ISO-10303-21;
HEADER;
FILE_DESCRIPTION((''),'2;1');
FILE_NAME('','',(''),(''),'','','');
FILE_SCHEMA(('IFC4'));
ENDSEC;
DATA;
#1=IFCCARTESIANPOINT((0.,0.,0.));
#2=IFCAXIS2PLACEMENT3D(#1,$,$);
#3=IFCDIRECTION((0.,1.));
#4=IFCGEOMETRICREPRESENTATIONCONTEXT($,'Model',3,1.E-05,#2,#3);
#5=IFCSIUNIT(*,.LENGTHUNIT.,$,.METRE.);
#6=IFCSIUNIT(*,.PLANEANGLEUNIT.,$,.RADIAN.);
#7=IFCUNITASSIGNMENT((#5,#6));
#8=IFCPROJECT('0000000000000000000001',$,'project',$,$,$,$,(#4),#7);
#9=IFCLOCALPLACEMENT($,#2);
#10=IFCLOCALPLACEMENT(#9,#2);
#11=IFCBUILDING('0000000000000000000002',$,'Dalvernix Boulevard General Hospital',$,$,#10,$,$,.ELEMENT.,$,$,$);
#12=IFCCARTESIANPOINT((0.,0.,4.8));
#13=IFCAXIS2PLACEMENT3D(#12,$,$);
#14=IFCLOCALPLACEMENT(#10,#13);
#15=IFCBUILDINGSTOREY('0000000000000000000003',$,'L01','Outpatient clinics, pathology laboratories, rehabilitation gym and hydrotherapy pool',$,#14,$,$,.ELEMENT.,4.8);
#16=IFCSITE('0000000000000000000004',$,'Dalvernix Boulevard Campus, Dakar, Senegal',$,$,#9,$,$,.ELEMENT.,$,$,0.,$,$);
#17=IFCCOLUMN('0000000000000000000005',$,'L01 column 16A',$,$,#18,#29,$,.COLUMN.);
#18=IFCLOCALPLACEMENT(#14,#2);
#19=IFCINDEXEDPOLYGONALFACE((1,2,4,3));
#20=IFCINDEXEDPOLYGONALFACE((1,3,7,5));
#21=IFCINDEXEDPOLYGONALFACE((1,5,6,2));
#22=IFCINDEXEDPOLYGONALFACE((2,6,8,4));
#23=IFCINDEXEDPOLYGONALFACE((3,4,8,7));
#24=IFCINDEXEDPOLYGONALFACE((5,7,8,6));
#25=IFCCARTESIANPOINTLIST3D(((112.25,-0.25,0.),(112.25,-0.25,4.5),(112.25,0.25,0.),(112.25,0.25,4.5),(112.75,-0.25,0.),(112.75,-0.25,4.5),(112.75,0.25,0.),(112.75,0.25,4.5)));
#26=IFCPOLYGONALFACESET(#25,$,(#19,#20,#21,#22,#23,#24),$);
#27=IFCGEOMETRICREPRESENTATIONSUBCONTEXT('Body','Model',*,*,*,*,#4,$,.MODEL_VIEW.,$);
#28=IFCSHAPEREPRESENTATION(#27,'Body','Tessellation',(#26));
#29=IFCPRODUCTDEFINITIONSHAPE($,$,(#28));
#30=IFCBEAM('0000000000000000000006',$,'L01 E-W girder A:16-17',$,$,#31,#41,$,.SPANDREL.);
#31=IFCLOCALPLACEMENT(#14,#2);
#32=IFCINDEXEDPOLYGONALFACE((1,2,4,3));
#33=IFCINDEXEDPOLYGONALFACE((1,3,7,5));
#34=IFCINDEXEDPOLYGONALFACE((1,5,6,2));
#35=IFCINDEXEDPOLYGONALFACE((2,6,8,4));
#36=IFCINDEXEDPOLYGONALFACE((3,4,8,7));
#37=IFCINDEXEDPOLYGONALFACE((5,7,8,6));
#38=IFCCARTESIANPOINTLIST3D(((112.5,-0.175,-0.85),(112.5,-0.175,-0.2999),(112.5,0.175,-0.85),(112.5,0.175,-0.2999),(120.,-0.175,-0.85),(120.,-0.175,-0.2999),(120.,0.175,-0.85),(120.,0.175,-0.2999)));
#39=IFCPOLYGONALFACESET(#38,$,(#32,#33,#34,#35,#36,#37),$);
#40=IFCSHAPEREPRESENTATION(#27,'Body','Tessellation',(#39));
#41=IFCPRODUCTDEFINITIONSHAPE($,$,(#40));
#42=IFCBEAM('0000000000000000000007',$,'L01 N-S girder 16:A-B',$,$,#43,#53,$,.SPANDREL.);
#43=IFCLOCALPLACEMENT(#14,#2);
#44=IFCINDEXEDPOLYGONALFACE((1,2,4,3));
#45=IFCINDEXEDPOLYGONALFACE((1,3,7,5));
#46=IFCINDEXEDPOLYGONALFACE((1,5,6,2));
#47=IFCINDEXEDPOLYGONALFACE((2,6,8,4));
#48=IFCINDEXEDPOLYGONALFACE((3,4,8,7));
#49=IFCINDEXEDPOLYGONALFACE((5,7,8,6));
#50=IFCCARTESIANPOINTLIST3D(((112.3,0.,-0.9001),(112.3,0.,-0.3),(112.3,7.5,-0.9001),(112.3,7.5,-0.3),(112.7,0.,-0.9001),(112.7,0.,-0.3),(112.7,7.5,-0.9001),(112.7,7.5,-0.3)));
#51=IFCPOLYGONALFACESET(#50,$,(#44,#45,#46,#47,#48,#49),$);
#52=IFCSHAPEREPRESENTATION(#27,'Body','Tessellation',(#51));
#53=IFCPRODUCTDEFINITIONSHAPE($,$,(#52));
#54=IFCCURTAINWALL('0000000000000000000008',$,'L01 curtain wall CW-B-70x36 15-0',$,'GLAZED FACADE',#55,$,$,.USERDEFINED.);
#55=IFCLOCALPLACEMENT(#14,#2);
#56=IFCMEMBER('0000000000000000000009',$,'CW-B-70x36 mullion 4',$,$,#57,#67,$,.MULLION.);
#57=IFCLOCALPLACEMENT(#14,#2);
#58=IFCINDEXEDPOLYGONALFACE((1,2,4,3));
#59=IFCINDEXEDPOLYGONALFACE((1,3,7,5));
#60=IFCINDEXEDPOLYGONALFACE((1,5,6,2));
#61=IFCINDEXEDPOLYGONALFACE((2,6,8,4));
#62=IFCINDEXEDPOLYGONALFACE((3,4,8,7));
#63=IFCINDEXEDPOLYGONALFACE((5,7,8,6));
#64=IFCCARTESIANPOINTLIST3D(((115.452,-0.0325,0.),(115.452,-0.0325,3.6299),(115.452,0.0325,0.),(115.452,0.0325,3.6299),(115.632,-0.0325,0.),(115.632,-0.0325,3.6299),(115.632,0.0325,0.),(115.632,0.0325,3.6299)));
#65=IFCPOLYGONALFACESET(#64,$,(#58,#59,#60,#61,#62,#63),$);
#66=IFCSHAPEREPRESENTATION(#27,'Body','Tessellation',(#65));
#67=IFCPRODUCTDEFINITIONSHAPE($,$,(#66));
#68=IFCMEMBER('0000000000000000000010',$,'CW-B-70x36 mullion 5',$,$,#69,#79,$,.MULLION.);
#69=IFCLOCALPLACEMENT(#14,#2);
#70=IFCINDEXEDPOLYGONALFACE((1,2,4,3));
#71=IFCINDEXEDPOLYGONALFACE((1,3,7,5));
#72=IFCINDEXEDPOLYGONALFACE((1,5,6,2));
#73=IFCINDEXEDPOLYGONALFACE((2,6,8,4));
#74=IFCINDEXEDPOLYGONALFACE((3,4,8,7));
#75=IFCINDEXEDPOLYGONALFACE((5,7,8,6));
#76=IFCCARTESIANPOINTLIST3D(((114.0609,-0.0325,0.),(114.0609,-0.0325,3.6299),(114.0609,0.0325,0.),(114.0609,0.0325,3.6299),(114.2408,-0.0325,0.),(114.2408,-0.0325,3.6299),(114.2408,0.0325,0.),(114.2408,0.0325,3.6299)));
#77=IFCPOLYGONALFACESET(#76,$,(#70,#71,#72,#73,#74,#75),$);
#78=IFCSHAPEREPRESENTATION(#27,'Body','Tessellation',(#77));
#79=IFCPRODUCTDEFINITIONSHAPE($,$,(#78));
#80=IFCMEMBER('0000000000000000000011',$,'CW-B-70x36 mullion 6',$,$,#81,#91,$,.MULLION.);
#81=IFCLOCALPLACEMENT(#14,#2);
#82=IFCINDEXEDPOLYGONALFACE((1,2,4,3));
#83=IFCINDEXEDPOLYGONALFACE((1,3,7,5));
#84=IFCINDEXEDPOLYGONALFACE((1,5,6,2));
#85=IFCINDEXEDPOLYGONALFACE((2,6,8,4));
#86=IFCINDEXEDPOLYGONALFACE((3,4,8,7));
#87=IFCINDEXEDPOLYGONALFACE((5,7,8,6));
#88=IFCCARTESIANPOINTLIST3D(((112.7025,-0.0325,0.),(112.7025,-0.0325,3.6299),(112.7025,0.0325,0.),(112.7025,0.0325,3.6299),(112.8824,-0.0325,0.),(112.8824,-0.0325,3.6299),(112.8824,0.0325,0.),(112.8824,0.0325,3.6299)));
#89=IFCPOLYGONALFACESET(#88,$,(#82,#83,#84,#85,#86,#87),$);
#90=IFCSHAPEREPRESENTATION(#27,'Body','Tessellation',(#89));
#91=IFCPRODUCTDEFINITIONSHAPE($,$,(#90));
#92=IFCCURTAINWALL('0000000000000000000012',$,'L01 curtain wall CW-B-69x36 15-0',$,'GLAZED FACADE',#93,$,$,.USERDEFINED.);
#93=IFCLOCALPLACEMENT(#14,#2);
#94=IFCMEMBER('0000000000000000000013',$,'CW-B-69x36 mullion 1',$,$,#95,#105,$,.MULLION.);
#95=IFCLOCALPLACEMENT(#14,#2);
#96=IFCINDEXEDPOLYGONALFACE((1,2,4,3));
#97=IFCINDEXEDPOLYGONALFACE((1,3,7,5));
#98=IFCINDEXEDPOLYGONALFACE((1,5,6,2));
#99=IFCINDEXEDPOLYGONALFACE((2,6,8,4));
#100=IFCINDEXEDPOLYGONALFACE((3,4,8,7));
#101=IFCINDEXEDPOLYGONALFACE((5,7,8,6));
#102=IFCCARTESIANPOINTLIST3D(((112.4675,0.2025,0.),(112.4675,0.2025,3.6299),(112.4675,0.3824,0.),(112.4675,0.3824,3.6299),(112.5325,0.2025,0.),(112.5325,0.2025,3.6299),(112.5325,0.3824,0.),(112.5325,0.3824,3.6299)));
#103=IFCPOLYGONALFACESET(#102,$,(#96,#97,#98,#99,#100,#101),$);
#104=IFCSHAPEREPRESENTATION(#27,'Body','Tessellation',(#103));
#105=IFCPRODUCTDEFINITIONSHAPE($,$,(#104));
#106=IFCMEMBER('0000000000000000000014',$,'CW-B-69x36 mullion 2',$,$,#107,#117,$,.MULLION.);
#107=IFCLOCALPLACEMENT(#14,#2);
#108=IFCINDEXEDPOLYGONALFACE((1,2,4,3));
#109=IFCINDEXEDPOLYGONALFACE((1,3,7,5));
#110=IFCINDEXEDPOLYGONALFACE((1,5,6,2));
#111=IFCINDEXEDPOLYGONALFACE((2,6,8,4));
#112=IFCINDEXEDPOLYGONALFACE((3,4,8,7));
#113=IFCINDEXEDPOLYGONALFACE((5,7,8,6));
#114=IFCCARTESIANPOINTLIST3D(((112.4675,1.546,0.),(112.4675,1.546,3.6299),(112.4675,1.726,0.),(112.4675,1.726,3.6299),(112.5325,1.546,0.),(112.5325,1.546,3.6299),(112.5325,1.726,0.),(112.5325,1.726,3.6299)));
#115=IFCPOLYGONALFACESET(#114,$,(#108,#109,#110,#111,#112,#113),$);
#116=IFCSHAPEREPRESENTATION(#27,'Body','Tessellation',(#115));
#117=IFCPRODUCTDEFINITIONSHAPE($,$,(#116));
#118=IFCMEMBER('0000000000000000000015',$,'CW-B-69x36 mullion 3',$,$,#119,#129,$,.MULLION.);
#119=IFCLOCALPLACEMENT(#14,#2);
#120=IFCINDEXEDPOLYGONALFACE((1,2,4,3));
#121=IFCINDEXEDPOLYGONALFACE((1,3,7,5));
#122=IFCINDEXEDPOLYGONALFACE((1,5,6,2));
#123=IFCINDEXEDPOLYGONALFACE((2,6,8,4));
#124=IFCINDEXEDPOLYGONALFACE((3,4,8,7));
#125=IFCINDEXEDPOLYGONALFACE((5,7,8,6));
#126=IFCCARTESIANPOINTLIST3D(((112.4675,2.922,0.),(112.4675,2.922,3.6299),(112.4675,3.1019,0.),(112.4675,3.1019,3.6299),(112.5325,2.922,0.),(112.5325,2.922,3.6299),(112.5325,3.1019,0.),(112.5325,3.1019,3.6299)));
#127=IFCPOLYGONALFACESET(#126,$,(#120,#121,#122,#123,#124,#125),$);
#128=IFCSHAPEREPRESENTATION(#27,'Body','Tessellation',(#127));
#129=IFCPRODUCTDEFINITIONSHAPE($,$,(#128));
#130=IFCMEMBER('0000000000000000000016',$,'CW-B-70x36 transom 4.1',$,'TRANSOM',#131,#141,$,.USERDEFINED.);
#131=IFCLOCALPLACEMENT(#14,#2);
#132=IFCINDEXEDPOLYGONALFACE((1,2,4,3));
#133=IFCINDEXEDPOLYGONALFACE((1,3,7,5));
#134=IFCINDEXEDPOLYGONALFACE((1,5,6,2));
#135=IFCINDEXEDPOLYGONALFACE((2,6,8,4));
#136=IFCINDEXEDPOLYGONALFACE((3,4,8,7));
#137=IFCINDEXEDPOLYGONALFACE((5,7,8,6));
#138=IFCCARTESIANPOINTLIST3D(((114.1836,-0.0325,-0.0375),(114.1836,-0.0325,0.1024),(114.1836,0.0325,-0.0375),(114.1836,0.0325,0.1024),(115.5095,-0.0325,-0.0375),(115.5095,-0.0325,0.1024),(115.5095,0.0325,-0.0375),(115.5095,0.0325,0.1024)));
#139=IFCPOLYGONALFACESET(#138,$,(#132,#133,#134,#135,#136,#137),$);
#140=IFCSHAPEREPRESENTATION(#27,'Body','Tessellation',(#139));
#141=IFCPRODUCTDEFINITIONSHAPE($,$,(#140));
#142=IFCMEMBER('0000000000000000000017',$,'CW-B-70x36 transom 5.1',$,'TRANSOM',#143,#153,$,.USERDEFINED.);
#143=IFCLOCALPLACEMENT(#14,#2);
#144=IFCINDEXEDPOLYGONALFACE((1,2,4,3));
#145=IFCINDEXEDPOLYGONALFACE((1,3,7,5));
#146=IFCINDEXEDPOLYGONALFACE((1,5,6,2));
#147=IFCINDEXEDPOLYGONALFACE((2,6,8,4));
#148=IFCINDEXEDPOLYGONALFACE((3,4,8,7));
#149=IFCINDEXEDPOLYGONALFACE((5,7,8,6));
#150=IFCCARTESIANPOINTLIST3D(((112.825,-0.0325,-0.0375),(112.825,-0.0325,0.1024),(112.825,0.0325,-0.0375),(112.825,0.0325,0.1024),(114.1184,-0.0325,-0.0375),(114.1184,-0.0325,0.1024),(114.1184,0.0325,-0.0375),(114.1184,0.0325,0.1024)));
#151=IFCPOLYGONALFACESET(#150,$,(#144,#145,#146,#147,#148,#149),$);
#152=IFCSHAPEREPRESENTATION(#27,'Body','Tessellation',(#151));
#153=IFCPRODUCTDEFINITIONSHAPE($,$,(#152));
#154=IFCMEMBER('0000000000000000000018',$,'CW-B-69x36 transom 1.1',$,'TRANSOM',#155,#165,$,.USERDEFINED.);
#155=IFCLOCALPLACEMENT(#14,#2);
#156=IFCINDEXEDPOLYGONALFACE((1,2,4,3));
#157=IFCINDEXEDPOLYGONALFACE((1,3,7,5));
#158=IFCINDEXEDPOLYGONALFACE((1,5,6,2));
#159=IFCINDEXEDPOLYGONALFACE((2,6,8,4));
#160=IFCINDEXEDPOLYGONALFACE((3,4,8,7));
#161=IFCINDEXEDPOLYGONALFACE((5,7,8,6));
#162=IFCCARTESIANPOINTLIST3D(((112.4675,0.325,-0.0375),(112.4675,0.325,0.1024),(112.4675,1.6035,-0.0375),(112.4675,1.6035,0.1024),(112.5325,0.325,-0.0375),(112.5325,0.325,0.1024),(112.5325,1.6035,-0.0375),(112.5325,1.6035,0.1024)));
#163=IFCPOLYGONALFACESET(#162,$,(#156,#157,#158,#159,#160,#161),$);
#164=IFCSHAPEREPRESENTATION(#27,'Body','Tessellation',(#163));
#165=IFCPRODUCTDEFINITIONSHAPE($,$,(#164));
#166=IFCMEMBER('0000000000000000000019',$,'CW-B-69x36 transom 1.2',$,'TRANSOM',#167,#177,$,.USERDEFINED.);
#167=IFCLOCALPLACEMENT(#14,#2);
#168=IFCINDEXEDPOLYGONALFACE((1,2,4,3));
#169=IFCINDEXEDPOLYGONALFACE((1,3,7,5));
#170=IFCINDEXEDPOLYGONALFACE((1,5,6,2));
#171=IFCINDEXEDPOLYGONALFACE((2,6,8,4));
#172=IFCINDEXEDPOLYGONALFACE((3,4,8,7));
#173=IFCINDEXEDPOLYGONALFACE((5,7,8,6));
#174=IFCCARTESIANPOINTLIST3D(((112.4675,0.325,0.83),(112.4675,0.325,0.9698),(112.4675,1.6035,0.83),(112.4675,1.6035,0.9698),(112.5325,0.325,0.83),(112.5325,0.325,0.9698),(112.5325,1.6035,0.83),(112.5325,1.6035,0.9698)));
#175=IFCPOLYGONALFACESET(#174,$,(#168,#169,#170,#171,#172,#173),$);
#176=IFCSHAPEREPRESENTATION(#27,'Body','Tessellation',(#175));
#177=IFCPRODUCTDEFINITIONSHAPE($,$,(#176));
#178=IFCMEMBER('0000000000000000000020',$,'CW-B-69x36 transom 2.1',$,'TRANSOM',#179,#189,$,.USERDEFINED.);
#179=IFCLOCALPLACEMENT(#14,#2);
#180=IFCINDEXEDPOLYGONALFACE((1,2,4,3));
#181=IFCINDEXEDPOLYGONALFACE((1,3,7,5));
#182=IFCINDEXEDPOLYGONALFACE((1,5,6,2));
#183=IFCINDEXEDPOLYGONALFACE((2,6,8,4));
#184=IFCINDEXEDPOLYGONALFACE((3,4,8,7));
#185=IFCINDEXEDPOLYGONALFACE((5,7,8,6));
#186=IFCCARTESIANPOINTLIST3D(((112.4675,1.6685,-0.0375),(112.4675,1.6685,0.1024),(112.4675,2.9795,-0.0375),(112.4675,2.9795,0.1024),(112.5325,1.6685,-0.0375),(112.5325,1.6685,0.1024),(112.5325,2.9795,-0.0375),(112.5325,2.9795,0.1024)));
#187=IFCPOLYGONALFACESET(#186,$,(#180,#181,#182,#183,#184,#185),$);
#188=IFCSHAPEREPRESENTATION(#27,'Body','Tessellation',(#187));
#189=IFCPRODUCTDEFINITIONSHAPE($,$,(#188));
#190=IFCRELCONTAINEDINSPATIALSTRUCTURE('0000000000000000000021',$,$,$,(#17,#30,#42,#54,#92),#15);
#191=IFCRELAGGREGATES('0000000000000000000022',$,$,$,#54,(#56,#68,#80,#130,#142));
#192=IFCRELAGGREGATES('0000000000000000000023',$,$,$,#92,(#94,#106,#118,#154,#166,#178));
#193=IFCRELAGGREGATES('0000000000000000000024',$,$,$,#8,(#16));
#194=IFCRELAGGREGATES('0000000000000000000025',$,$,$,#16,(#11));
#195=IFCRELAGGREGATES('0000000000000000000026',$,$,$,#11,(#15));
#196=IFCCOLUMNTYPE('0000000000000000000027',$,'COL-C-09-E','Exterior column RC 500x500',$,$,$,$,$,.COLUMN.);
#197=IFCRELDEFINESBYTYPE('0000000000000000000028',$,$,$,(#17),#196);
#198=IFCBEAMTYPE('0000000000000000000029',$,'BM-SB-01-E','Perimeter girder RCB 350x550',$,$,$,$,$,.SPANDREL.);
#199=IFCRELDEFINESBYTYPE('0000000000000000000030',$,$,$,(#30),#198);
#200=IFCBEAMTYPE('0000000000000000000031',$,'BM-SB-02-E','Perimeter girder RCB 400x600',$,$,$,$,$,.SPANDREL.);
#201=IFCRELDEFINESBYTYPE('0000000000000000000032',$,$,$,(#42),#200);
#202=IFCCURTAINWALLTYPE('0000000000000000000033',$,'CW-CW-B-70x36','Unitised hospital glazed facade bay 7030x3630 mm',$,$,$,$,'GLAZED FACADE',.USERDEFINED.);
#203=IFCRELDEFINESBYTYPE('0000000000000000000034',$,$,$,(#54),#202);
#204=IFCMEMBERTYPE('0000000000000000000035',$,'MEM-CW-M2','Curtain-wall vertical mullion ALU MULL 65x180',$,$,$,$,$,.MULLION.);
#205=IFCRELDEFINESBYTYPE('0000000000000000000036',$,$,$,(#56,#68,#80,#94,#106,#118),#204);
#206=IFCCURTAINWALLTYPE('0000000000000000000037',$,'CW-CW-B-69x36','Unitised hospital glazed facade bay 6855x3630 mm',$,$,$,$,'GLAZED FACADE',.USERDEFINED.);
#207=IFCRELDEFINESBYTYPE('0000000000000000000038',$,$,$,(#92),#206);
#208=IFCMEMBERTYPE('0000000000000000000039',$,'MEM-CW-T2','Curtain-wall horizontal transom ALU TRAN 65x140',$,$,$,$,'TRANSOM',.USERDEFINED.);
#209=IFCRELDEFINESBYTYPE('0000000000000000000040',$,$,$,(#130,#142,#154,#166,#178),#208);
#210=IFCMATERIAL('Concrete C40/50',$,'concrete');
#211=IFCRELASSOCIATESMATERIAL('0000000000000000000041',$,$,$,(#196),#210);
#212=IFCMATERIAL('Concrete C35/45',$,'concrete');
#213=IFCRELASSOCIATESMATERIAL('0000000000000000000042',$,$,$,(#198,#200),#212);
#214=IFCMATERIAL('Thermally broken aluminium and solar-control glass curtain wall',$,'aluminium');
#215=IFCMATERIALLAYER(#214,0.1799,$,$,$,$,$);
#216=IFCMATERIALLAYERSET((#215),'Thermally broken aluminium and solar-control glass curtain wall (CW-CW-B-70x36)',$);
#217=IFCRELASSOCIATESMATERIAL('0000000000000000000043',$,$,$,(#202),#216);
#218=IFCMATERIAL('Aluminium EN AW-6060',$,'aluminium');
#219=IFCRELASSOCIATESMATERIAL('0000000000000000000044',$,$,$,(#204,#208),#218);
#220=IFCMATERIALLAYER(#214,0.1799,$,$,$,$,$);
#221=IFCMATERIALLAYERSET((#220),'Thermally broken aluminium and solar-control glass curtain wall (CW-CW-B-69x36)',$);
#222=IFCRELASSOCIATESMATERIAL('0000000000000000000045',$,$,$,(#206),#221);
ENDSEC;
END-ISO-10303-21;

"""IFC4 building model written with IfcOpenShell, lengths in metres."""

from ifc_helpers import new_model, si_unit, direction, frame, origin, origin_2d, place, context, subcontext, project, spatial, rectangle, extrude, material, layer, layer_set, material_profile, profile_set, type_object, element, aggregate, save


model = new_model("IFC4")

# Units and contexts
model_context = context("Model", 3, precision=1e-05, world=origin(), true_north=direction((0.0, 1.0)))
body_context = subcontext(model_context, "Body", "Model", "MODEL_VIEW")
ifc_project = project(units=[si_unit("LENGTHUNIT", "METRE"), si_unit("PLANEANGLEUNIT", "RADIAN")], contexts=[model_context])

# Site, building, storey
site_placement = place(None, origin())
site = spatial("IfcSite", under=ifc_project, at=site_placement, Name="Dalvernix Boulevard Campus, Dakar, Senegal", CompositionType="ELEMENT", RefElevation=0.0)
building_placement = place(site_placement, origin())
building = spatial("IfcBuilding", under=site, at=building_placement, Name="Dalvernix Boulevard General Hospital", CompositionType="ELEMENT")
storey_placement = place(building_placement, frame((0.0, 0.0, 4.8)))
storey = spatial("IfcBuildingStorey", under=building, at=storey_placement, Name="L01", Description="Outpatient clinics, pathology laboratories, rehabilitation gym and hydrotherapy pool", CompositionType="ELEMENT", Elevation=4.8)

# Column
ifc_material_1 = material(Name="Concrete C40/50", Category="concrete")
ifc_material_profile_1 = material_profile(ifc_material_1, rectangle(XDim=0.5, YDim=0.5, at=origin_2d()), Name="RC 500x500")
ifc_profile_set_1 = profile_set([ifc_material_profile_1], Name="Concrete C40/50")
column_type = type_object("IfcColumnType", Name="COL-C-09-E", Description="Exterior column RC 500x500", PredefinedType="COLUMN", material=ifc_profile_set_1)
column_placement = place(storey_placement, frame((112.5, 0.0, 0.0), z_axis=(0.0, 0.0, 1.0), x_axis=(1.0, 0.0, 0.0)))
element("IfcColumn", 1, at=column_placement, inside=storey, type_object=column_type, Name="L01 column 16A", PredefinedType="COLUMN", context=body_context, shape_type="SweptSolid", body=[
    extrude(rectangle(XDim=0.5, YDim=0.5, at=origin_2d()), origin(), (0.0, 0.0, 1.0), 4.5),
])

# Beams
ifc_material_2 = material(Name="Concrete C35/45", Category="concrete")
ifc_material_profile_2 = material_profile(ifc_material_2, rectangle(XDim=0.3501, YDim=0.55, at=origin_2d()), Name="RCB 350x550")
ifc_profile_set_2 = profile_set([ifc_material_profile_2], Name="Concrete C35/45")
beam_type_1 = type_object("IfcBeamType", Name="BM-SB-01-E", Description="Perimeter girder RCB 350x550", PredefinedType="SPANDREL", material=ifc_profile_set_2)
beam_1_placement = place(storey_placement, frame((112.5, 0.0, -0.575), z_axis=(1.0, 0.0, 0.0), x_axis=(0.0, 1.0, 0.0)))
element("IfcBeam", 2, at=beam_1_placement, inside=storey, type_object=beam_type_1, Name="L01 E-W girder A:16-17", PredefinedType="SPANDREL", context=body_context, shape_type="SweptSolid", body=[
    extrude(rectangle(XDim=0.3501, YDim=0.55, at=origin_2d()), origin(), (0.0, 0.0, 1.0), 7.5),
])
ifc_material_profile_3 = material_profile(ifc_material_2, rectangle(XDim=0.3999, YDim=0.6001, at=origin_2d()), Name="RCB 400x600")
ifc_profile_set_3 = profile_set([ifc_material_profile_3], Name="Concrete C35/45")
beam_type_2 = type_object("IfcBeamType", Name="BM-SB-02-E", Description="Perimeter girder RCB 400x600", PredefinedType="SPANDREL", material=ifc_profile_set_3)
beam_2_placement = place(storey_placement, frame((112.5, 0.0, -0.6001), z_axis=(0.0, 1.0, 0.0), x_axis=(-1.0, 0.0, 0.0)))
element("IfcBeam", 3, at=beam_2_placement, inside=storey, type_object=beam_type_2, Name="L01 N-S girder 16:A-B", PredefinedType="SPANDREL", context=body_context, shape_type="SweptSolid", body=[
    extrude(rectangle(XDim=0.3999, YDim=0.6001, at=origin_2d()), origin(), (0.0, 0.0, 1.0), 7.5),
])

# Curtain walls, members
ifc_material_3 = material(Name="Thermally broken aluminium and solar-control glass curtain wall", Category="aluminium")
ifc_layer_1 = layer(ifc_material_3, 0.1799)
ifc_layer_set_1 = layer_set([ifc_layer_1], Name="Thermally broken aluminium and solar-control glass curtain wall (CW-CW-B-70x36)")
curtain_wall_type_1 = type_object("IfcCurtainWallType", Name="CW-CW-B-70x36", Description="Unitised hospital glazed facade bay 7030x3630 mm", ElementType="GLAZED FACADE", PredefinedType="USERDEFINED", material=ifc_layer_set_1)
curtain_wall_1_placement = place(storey_placement, origin())
curtain_wall_1 = element("IfcCurtainWall", 4, at=curtain_wall_1_placement, inside=storey, type_object=curtain_wall_type_1, Name="L01 curtain wall CW-B-70x36 15-0", ObjectType="GLAZED FACADE", PredefinedType="USERDEFINED")
ifc_material_4 = material(Name="Aluminium EN AW-6060", Category="aluminium")
ifc_material_profile_4 = material_profile(ifc_material_4, rectangle(XDim=0.0649, YDim=0.1799, at=origin_2d()), Name="ALU MULL 65x180")
ifc_profile_set_4 = profile_set([ifc_material_profile_4], Name="Aluminium EN AW-6060")
member_type_1 = type_object("IfcMemberType", Name="MEM-CW-M2", Description="Curtain-wall vertical mullion ALU MULL 65x180", PredefinedType="MULLION", material=ifc_profile_set_4)
member_1_placement = place(storey_placement, frame((115.542, 0.0, 0.0), z_axis=(0.0, 0.0, 1.0), x_axis=(0.0, -1.0, 0.0)))
member_1 = element("IfcMember", 5, at=member_1_placement, type_object=member_type_1, Name="CW-B-70x36 mullion 4", PredefinedType="MULLION", context=body_context, shape_type="SweptSolid", body=[
    extrude(rectangle(XDim=0.0649, YDim=0.1799, at=origin_2d()), origin(), (0.0, 0.0, 1.0), 3.6299),
])
member_2_placement = place(storey_placement, frame((114.1509, 0.0, 0.0), z_axis=(0.0, 0.0, 1.0), x_axis=(0.0, -1.0, 0.0)))
member_2 = element("IfcMember", 6, at=member_2_placement, type_object=member_type_1, Name="CW-B-70x36 mullion 5", PredefinedType="MULLION", context=body_context, shape_type="SweptSolid", body=[
    extrude(rectangle(XDim=0.0649, YDim=0.1799, at=origin_2d()), origin(), (0.0, 0.0, 1.0), 3.6299),
])
member_3_placement = place(storey_placement, frame((112.7925, 0.0, 0.0), z_axis=(0.0, 0.0, 1.0), x_axis=(0.0, -1.0, 0.0)))
member_3 = element("IfcMember", 7, at=member_3_placement, type_object=member_type_1, Name="CW-B-70x36 mullion 6", PredefinedType="MULLION", context=body_context, shape_type="SweptSolid", body=[
    extrude(rectangle(XDim=0.0649, YDim=0.1799, at=origin_2d()), origin(), (0.0, 0.0, 1.0), 3.6299),
])
ifc_layer_2 = layer(ifc_material_3, 0.1799)
ifc_layer_set_2 = layer_set([ifc_layer_2], Name="Thermally broken aluminium and solar-control glass curtain wall (CW-CW-B-69x36)")
curtain_wall_type_2 = type_object("IfcCurtainWallType", Name="CW-CW-B-69x36", Description="Unitised hospital glazed facade bay 6855x3630 mm", ElementType="GLAZED FACADE", PredefinedType="USERDEFINED", material=ifc_layer_set_2)
curtain_wall_2_placement = place(storey_placement, origin())
curtain_wall_2 = element("IfcCurtainWall", 8, at=curtain_wall_2_placement, inside=storey, type_object=curtain_wall_type_2, Name="L01 curtain wall CW-B-69x36 15-0", ObjectType="GLAZED FACADE", PredefinedType="USERDEFINED")
member_4_placement = place(storey_placement, frame((112.5, 0.2925, 0.0), z_axis=(0.0, 0.0, 1.0), x_axis=(-1.0, 0.0, 0.0)))
member_4 = element("IfcMember", 9, at=member_4_placement, type_object=member_type_1, Name="CW-B-69x36 mullion 1", PredefinedType="MULLION", context=body_context, shape_type="SweptSolid", body=[
    extrude(rectangle(XDim=0.0649, YDim=0.1799, at=origin_2d()), origin(), (0.0, 0.0, 1.0), 3.6299),
])
member_5_placement = place(storey_placement, frame((112.5, 1.636, 0.0), z_axis=(0.0, 0.0, 1.0), x_axis=(-1.0, 0.0, 0.0)))
member_5 = element("IfcMember", 10, at=member_5_placement, type_object=member_type_1, Name="CW-B-69x36 mullion 2", PredefinedType="MULLION", context=body_context, shape_type="SweptSolid", body=[
    extrude(rectangle(XDim=0.0649, YDim=0.1799, at=origin_2d()), origin(), (0.0, 0.0, 1.0), 3.6299),
])
member_6_placement = place(storey_placement, frame((112.5, 3.012, 0.0), z_axis=(0.0, 0.0, 1.0), x_axis=(-1.0, 0.0, 0.0)))
member_6 = element("IfcMember", 11, at=member_6_placement, type_object=member_type_1, Name="CW-B-69x36 mullion 3", PredefinedType="MULLION", context=body_context, shape_type="SweptSolid", body=[
    extrude(rectangle(XDim=0.0649, YDim=0.1799, at=origin_2d()), origin(), (0.0, 0.0, 1.0), 3.6299),
])

# Members
ifc_material_profile_5 = material_profile(ifc_material_4, rectangle(XDim=0.0649, YDim=0.1399, at=origin_2d()), Name="ALU TRAN 65x140")
ifc_profile_set_5 = profile_set([ifc_material_profile_5], Name="Aluminium EN AW-6060")
member_type_2 = type_object("IfcMemberType", Name="MEM-CW-T2", Description="Curtain-wall horizontal transom ALU TRAN 65x140", ElementType="TRANSOM", PredefinedType="USERDEFINED", material=ifc_profile_set_5)
member_7_placement = place(storey_placement, frame((115.5095, 0.0, 0.0325), z_axis=(-1.0, 0.0, 0.0), x_axis=(0.0, -1.0, 0.0)))
member_7 = element("IfcMember", 12, at=member_7_placement, type_object=member_type_2, Name="CW-B-70x36 transom 4.1", ObjectType="TRANSOM", PredefinedType="USERDEFINED", context=body_context, shape_type="SweptSolid", body=[
    extrude(rectangle(XDim=0.0649, YDim=0.1399, at=origin_2d()), origin(), (0.0, 0.0, 1.0), 1.3259),
])
member_8_placement = place(storey_placement, frame((114.1184, 0.0, 0.0325), z_axis=(-1.0, 0.0, 0.0), x_axis=(0.0, -1.0, 0.0)))
member_8 = element("IfcMember", 13, at=member_8_placement, type_object=member_type_2, Name="CW-B-70x36 transom 5.1", ObjectType="TRANSOM", PredefinedType="USERDEFINED", context=body_context, shape_type="SweptSolid", body=[
    extrude(rectangle(XDim=0.0649, YDim=0.1399, at=origin_2d()), origin(), (0.0, 0.0, 1.0), 1.2935),
])
member_9_placement = place(storey_placement, frame((112.5, 0.325, 0.0325), z_axis=(0.0, 1.0, 0.0), x_axis=(-1.0, 0.0, 0.0)))
member_9 = element("IfcMember", 14, at=member_9_placement, type_object=member_type_2, Name="CW-B-69x36 transom 1.1", ObjectType="TRANSOM", PredefinedType="USERDEFINED", context=body_context, shape_type="SweptSolid", body=[
    extrude(rectangle(XDim=0.0649, YDim=0.1399, at=origin_2d()), origin(), (0.0, 0.0, 1.0), 1.2786),
])
member_10_placement = place(storey_placement, frame((112.5, 0.325, 0.8999), z_axis=(0.0, 1.0, 0.0), x_axis=(-1.0, 0.0, 0.0)))
member_10 = element("IfcMember", 15, at=member_10_placement, type_object=member_type_2, Name="CW-B-69x36 transom 1.2", ObjectType="TRANSOM", PredefinedType="USERDEFINED", context=body_context, shape_type="SweptSolid", body=[
    extrude(rectangle(XDim=0.0649, YDim=0.1399, at=origin_2d()), origin(), (0.0, 0.0, 1.0), 1.2786),
])
member_11_placement = place(storey_placement, frame((112.5, 1.6685, 0.0325), z_axis=(0.0, 1.0, 0.0), x_axis=(-1.0, 0.0, 0.0)))
member_11 = element("IfcMember", 16, at=member_11_placement, type_object=member_type_2, Name="CW-B-69x36 transom 2.1", ObjectType="TRANSOM", PredefinedType="USERDEFINED", context=body_context, shape_type="SweptSolid", body=[
    extrude(rectangle(XDim=0.0649, YDim=0.1399, at=origin_2d()), origin(), (0.0, 0.0, 1.0), 1.311),
])

aggregate(curtain_wall_1, [member_1, member_2, member_3, member_7, member_8])
aggregate(curtain_wall_2, [member_4, member_5, member_6, member_9, member_10, member_11])

save(model, "model.ifc")
